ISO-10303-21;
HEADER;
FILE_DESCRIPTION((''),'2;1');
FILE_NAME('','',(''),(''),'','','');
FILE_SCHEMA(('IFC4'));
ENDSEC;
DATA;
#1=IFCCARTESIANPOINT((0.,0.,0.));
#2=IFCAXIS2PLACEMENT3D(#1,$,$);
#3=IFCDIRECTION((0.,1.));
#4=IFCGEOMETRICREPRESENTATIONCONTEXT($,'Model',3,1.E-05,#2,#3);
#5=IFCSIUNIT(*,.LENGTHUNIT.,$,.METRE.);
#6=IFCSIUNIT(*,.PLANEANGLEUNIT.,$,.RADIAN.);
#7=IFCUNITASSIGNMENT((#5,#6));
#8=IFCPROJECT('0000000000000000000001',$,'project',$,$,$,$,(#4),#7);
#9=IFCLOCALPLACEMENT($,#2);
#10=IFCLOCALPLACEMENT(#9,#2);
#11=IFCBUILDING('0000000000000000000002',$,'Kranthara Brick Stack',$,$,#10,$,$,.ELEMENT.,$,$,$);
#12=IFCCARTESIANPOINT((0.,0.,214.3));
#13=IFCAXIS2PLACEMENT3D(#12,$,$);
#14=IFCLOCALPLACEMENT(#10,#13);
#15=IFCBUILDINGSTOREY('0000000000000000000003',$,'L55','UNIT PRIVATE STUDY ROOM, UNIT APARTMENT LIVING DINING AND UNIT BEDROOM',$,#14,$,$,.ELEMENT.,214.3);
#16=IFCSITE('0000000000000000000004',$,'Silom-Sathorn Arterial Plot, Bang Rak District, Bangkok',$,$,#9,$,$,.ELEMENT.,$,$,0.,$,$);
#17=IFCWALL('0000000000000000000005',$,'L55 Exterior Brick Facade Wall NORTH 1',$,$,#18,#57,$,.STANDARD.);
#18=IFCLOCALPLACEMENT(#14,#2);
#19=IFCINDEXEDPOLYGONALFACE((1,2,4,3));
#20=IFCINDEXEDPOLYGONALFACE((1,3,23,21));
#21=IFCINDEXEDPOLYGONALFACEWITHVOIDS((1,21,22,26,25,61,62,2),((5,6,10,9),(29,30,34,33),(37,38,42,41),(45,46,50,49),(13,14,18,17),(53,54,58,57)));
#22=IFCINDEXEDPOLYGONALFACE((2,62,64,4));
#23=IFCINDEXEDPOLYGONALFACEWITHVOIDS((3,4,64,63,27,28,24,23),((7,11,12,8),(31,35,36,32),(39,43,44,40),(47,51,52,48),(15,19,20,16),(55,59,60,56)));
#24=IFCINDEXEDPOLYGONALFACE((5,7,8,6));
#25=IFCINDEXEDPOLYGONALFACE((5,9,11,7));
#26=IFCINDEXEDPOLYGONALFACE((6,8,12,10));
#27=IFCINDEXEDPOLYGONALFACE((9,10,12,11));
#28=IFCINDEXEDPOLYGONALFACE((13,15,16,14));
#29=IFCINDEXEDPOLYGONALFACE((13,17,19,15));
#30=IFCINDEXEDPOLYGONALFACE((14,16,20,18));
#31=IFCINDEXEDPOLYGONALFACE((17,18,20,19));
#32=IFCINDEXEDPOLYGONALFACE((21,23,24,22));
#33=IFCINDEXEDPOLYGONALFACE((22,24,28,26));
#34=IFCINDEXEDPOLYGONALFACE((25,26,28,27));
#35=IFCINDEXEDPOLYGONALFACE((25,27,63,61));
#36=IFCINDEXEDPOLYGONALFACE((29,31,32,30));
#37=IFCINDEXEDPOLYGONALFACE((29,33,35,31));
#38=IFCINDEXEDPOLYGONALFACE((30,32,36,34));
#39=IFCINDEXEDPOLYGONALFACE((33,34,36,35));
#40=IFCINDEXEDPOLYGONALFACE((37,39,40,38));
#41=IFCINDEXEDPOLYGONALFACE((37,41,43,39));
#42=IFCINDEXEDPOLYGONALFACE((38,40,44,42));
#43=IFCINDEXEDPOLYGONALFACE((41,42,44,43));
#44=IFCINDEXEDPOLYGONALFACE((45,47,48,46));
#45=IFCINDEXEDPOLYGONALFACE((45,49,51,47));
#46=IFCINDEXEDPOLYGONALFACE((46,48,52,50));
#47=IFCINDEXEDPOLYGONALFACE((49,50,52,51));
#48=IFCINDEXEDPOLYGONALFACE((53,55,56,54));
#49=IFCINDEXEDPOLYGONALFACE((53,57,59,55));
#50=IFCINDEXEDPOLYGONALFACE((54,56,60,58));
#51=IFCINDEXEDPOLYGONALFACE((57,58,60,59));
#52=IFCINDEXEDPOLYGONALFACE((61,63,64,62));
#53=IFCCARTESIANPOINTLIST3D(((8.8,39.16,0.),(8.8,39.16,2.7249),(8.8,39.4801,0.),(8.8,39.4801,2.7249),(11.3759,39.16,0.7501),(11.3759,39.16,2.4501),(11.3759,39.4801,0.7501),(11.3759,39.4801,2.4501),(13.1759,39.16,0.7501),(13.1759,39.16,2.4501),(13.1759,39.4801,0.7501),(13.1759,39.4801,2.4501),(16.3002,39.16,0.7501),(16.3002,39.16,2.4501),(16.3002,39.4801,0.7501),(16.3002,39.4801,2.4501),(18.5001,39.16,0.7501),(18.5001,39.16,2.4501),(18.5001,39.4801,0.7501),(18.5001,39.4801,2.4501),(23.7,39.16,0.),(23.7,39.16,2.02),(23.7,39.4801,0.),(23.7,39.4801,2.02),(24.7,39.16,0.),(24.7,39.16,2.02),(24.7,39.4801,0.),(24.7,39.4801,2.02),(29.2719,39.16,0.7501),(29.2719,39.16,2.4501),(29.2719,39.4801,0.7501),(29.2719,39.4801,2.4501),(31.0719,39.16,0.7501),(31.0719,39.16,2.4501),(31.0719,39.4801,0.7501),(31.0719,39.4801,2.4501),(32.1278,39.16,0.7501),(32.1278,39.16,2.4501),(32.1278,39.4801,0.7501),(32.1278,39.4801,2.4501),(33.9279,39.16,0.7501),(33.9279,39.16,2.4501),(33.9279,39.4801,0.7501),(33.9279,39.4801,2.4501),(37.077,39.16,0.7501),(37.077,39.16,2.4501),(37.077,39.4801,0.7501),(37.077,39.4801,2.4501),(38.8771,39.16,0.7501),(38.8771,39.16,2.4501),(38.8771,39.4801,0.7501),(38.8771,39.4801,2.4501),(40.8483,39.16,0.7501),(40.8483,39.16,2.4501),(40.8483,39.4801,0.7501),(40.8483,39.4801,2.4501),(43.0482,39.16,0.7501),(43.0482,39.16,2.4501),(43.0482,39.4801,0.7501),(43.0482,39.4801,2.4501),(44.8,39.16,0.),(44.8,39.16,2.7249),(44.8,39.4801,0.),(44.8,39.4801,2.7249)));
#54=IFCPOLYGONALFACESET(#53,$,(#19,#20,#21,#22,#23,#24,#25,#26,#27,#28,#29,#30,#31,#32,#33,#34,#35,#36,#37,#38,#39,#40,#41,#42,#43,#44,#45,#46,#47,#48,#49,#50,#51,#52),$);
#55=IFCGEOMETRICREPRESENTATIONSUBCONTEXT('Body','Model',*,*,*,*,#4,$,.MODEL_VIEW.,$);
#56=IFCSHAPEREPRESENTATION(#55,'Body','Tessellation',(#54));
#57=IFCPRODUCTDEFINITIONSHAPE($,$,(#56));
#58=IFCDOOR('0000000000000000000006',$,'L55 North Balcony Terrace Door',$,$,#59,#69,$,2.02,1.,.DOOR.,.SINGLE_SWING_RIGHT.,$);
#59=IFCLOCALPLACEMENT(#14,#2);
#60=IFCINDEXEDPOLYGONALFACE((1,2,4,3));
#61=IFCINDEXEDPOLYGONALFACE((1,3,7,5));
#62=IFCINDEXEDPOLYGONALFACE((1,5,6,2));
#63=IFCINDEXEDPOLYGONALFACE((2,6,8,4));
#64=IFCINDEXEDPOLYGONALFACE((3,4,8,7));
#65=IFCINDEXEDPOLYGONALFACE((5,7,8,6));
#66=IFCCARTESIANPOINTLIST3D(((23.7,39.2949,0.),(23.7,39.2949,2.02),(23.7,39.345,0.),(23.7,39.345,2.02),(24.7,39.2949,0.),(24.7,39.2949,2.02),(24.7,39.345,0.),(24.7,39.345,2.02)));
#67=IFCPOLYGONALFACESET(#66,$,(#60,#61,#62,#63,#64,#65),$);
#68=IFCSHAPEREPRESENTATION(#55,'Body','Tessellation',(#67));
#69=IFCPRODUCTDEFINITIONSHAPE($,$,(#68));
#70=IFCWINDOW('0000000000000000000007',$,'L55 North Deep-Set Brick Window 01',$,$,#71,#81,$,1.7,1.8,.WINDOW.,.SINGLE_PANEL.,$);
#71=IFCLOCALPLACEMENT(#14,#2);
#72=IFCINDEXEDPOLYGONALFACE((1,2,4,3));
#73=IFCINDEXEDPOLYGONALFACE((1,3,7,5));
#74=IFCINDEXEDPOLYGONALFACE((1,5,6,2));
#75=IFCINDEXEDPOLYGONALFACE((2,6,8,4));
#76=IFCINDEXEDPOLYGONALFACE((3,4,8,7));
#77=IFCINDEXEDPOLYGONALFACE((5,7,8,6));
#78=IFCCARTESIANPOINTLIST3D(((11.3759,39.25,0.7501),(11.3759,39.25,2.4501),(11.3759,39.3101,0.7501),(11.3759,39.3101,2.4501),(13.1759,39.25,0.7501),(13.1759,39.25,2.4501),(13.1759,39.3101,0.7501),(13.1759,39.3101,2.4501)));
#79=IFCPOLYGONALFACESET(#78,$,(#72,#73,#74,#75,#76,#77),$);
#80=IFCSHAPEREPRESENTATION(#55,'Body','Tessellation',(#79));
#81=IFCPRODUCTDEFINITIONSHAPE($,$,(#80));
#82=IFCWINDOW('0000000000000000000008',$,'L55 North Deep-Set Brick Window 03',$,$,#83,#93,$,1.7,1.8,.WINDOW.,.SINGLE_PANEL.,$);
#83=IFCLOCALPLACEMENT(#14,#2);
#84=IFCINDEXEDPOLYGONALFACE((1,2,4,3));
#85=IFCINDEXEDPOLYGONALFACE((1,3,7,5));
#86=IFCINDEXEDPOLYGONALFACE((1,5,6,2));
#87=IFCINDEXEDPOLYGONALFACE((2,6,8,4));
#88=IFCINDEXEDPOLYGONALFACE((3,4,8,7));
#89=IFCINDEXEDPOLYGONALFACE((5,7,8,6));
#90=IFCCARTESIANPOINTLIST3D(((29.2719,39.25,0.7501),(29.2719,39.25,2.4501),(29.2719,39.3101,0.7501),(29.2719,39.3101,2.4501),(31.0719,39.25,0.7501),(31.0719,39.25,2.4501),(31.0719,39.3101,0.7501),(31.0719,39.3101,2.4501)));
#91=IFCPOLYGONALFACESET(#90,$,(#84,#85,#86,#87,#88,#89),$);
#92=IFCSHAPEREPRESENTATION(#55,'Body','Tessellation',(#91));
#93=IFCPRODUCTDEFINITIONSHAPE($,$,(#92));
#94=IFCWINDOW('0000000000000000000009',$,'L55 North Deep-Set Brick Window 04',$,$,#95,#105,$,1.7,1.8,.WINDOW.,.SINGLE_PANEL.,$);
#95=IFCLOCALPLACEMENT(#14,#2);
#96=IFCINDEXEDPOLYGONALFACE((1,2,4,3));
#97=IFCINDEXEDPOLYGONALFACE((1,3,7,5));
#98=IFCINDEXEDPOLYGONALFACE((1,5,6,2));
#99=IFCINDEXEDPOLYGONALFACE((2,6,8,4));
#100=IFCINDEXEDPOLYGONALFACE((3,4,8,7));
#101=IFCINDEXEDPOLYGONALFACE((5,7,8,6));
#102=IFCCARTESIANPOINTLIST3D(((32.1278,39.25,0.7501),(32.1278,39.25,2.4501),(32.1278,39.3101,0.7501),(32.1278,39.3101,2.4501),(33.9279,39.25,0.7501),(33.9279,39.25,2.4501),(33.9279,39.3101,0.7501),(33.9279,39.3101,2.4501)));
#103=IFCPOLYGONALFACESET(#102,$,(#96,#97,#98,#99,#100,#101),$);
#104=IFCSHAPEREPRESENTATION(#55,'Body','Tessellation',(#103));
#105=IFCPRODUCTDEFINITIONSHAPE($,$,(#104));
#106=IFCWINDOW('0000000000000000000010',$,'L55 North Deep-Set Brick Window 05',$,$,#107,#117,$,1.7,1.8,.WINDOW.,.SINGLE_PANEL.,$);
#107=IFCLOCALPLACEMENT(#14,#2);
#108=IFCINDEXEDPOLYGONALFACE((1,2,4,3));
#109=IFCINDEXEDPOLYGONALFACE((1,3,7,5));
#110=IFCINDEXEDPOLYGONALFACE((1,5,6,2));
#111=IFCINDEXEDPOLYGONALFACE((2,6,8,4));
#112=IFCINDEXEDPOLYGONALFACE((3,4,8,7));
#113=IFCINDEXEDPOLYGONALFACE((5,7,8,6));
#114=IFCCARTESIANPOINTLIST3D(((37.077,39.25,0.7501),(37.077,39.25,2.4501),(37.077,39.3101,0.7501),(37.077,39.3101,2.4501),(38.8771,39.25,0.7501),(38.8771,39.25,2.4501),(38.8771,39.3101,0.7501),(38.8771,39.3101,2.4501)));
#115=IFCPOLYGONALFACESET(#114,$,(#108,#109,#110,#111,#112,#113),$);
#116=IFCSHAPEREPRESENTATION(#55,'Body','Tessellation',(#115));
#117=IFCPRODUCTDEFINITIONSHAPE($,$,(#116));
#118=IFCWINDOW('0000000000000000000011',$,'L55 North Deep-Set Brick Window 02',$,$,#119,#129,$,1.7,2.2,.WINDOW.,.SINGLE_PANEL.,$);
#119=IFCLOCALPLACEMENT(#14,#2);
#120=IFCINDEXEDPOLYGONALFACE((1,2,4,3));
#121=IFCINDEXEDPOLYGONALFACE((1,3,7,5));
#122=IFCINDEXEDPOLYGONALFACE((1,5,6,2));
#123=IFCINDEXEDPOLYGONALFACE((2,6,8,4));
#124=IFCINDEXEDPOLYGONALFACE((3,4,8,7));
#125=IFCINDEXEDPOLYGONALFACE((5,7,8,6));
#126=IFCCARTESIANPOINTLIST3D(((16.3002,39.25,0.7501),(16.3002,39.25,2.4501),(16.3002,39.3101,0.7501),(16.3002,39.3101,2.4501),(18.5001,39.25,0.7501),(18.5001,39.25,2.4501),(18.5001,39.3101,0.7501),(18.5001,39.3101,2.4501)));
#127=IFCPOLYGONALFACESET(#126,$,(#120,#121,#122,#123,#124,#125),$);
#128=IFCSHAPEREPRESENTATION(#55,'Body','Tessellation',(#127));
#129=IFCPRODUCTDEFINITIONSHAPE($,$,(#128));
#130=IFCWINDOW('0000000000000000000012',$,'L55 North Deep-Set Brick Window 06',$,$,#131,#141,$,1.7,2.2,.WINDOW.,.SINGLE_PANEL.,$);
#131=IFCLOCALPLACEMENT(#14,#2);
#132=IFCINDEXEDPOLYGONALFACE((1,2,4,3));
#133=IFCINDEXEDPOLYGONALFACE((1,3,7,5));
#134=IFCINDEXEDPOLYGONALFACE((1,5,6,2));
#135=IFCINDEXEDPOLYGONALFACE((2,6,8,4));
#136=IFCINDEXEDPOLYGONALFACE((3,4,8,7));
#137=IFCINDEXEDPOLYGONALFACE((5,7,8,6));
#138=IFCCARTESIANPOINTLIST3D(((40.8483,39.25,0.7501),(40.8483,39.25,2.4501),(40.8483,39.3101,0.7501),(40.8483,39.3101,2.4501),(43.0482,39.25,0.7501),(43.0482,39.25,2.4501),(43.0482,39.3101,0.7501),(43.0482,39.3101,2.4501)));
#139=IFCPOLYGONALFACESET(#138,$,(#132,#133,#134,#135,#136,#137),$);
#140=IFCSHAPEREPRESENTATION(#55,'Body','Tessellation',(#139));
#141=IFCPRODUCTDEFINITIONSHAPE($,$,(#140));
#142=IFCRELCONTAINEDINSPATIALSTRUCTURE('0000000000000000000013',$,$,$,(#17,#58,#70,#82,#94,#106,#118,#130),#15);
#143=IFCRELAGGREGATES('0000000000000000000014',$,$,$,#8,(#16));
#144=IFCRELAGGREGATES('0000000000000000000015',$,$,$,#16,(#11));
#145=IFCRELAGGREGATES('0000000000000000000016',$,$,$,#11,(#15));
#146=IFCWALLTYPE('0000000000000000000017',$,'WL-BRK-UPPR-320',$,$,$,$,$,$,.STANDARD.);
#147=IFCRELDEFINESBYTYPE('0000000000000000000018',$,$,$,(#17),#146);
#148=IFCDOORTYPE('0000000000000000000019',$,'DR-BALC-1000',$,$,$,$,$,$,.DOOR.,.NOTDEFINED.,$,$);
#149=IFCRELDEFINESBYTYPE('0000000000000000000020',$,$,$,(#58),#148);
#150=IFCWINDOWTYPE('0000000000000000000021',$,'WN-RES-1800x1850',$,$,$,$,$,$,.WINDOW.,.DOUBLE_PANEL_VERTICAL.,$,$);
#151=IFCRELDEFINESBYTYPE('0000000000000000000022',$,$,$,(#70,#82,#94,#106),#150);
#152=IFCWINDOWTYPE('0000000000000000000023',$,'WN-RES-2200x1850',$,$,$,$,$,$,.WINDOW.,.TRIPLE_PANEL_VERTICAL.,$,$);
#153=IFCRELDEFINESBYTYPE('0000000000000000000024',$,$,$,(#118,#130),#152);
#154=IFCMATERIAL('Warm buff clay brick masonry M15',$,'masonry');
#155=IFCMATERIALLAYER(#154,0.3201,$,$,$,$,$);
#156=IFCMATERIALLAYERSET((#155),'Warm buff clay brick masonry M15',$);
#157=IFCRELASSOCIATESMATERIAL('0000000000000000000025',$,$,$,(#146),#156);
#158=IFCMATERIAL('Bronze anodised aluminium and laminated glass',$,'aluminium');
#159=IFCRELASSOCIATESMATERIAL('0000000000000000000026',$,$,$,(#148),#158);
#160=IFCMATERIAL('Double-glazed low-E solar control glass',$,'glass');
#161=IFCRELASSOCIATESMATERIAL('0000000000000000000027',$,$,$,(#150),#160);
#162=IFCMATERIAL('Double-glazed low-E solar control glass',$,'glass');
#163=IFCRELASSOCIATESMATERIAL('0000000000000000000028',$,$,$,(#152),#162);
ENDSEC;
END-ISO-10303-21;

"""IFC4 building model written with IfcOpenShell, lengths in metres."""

from ifc_helpers import new_model, si_unit, direction, frame, frame_2d, origin, place, context, subcontext, project, spatial, rectangle, extrude, material, layer, layer_set, type_object, element, fill, save


model = new_model("IFC4")

# Units and contexts
model_context = context("Model", 3, precision=1e-05, world=origin(), true_north=direction((0.0, 1.0)))
body_context = subcontext(model_context, "Body", "Model", "MODEL_VIEW")
ifc_project = project(units=[si_unit("LENGTHUNIT", "METRE"), si_unit("PLANEANGLEUNIT", "RADIAN")], contexts=[model_context])

# Site, building, storey
site_placement = place(None, origin())
site = spatial("IfcSite", under=ifc_project, at=site_placement, Name="Silom-Sathorn Arterial Plot, Bang Rak District, Bangkok", CompositionType="ELEMENT", RefElevation=0.0)
building_placement = place(site_placement, origin())
building = spatial("IfcBuilding", under=site, at=building_placement, Name="Kranthara Brick Stack", CompositionType="ELEMENT")
storey_placement = place(building_placement, frame((0.0, 0.0, 214.3)))
storey = spatial("IfcBuildingStorey", under=building, at=storey_placement, Name="L55", Description="UNIT PRIVATE STUDY ROOM, UNIT APARTMENT LIVING DINING AND UNIT BEDROOM", CompositionType="ELEMENT", Elevation=214.3)

# Shared definitions
ifc_material_1 = material(Name="Warm buff clay brick masonry M15", Category="masonry")
ifc_layer_1 = layer(ifc_material_1, 0.3201)
ifc_layer_set_1 = layer_set([ifc_layer_1], Name="Warm buff clay brick masonry M15")
wall_type_1 = type_object("IfcWallType", Name="WL-BRK-UPPR-320", PredefinedType="STANDARD", material=ifc_layer_set_1)

# Wall, openings, door, windows
wall_1_placement = place(storey_placement, frame((8.8, 39.3201, 0.0), z_axis=(0.0, 0.0, 1.0), x_axis=(1.0, 0.0, 0.0)))
wall_1 = element("IfcWall", 1, at=wall_1_placement, inside=storey, type_object=wall_type_1, Name="L55 Exterior Brick Facade Wall NORTH 1", PredefinedType="STANDARD", context=body_context, shape_type="SweptSolid", body=[
    extrude(rectangle(XDim=36.0, YDim=0.3201, at=frame_2d((18.0, 0.0))), origin(), (0.0, 0.0, 1.0), 2.7249),
])
opening_1_placement = place(wall_1_placement, frame((14.8999, 0.0, 0.0)))
opening_1 = element("IfcOpeningElement", 2, at=opening_1_placement, cuts=wall_1, PredefinedType="OPENING", context=body_context, shape_type="SweptSolid", body=[
    extrude(rectangle(XDim=1.0, YDim=2.02, at=frame_2d((0.5, 1.01))), frame((0.0, 0.1699, 0.0), z_axis=(0.0, -1.0, 0.0), x_axis=(1.0, 0.0, 0.0)), (0.0, 0.0, 1.0), 0.3401),
])
opening_2_placement = place(wall_1_placement, frame((2.5759, 0.0, 0.75)))
opening_2 = element("IfcOpeningElement", 3, at=opening_2_placement, cuts=wall_1, PredefinedType="OPENING", context=body_context, shape_type="SweptSolid", body=[
    extrude(rectangle(XDim=1.8, YDim=1.7, at=frame_2d((0.8999, 0.8501))), frame((0.0, 0.1699, 0.0), z_axis=(0.0, -1.0, 0.0), x_axis=(1.0, 0.0, 0.0)), (0.0, 0.0, 1.0), 0.3401),
])
opening_3_placement = place(wall_1_placement, frame((7.5, 0.0, 0.75)))
opening_3 = element("IfcOpeningElement", 4, at=opening_3_placement, cuts=wall_1, PredefinedType="OPENING", context=body_context, shape_type="SweptSolid", body=[
    extrude(rectangle(XDim=2.2, YDim=1.7, at=frame_2d((1.1001, 0.8501))), frame((0.0, 0.1699, 0.0), z_axis=(0.0, -1.0, 0.0), x_axis=(1.0, 0.0, 0.0)), (0.0, 0.0, 1.0), 0.3401),
])
opening_4_placement = place(wall_1_placement, frame((20.4719, 0.0, 0.75)))
opening_4 = element("IfcOpeningElement", 5, at=opening_4_placement, cuts=wall_1, PredefinedType="OPENING", context=body_context, shape_type="SweptSolid", body=[
    extrude(rectangle(XDim=1.8, YDim=1.7, at=frame_2d((0.8999, 0.8501))), frame((0.0, 0.1699, 0.0), z_axis=(0.0, -1.0, 0.0), x_axis=(1.0, 0.0, 0.0)), (0.0, 0.0, 1.0), 0.3401),
])
opening_5_placement = place(wall_1_placement, frame((23.3279, 0.0, 0.75)))
opening_5 = element("IfcOpeningElement", 6, at=opening_5_placement, cuts=wall_1, PredefinedType="OPENING", context=body_context, shape_type="SweptSolid", body=[
    extrude(rectangle(XDim=1.8, YDim=1.7, at=frame_2d((0.8999, 0.8501))), frame((0.0, 0.1699, 0.0), z_axis=(0.0, -1.0, 0.0), x_axis=(1.0, 0.0, 0.0)), (0.0, 0.0, 1.0), 0.3401),
])
opening_6_placement = place(wall_1_placement, frame((28.2771, 0.0, 0.75)))
opening_6 = element("IfcOpeningElement", 7, at=opening_6_placement, cuts=wall_1, PredefinedType="OPENING", context=body_context, shape_type="SweptSolid", body=[
    extrude(rectangle(XDim=1.8, YDim=1.7, at=frame_2d((0.8999, 0.8501))), frame((0.0, 0.1699, 0.0), z_axis=(0.0, -1.0, 0.0), x_axis=(1.0, 0.0, 0.0)), (0.0, 0.0, 1.0), 0.3401),
])
opening_7_placement = place(wall_1_placement, frame((32.0481, 0.0, 0.75)))
opening_7 = element("IfcOpeningElement", 8, at=opening_7_placement, cuts=wall_1, PredefinedType="OPENING", context=body_context, shape_type="SweptSolid", body=[
    extrude(rectangle(XDim=2.2, YDim=1.7, at=frame_2d((1.1001, 0.8501))), frame((0.0, 0.1699, 0.0), z_axis=(0.0, -1.0, 0.0), x_axis=(1.0, 0.0, 0.0)), (0.0, 0.0, 1.0), 0.3401),
])
ifc_material_2 = material(Name="Bronze anodised aluminium and laminated glass", Category="aluminium")
door_type_1 = type_object("IfcDoorType", Name="DR-BALC-1000", OperationType="NOTDEFINED", PredefinedType="DOOR", material=ifc_material_2)
door_1_placement = place(opening_1_placement, origin())
door_1 = element("IfcDoor", 9, at=door_1_placement, inside=storey, type_object=door_type_1, Name="L55 North Balcony Terrace Door", OperationType="SINGLE_SWING_RIGHT", OverallHeight=2.02, OverallWidth=1.0, PredefinedType="DOOR", context=body_context, shape_type="SweptSolid", body=[
    extrude(rectangle(XDim=1.0, YDim=2.02, at=frame_2d((0.5, 1.01))), frame((0.0, 0.0249, 0.0), z_axis=(0.0, -1.0, 0.0), x_axis=(1.0, 0.0, 0.0)), (0.0, 0.0, 1.0), 0.05),
])
fill(opening_1, door_1)
ifc_material_3 = material(Name="Double-glazed low-E solar control glass", Category="glass")
window_type_1 = type_object("IfcWindowType", Name="WN-RES-1800x1850", PartitioningType="DOUBLE_PANEL_VERTICAL", PredefinedType="WINDOW", material=ifc_material_3)
window_1_placement = place(opening_2_placement, origin())
window_1 = element("IfcWindow", 10, at=window_1_placement, inside=storey, type_object=window_type_1, Name="L55 North Deep-Set Brick Window 01", OverallHeight=1.7, OverallWidth=1.8, PartitioningType="SINGLE_PANEL", PredefinedType="WINDOW", context=body_context, shape_type="SweptSolid", body=[
    extrude(rectangle(XDim=1.8, YDim=1.7, at=frame_2d((0.8999, 0.8501))), frame((0.0, -0.01, 0.0), z_axis=(0.0, -1.0, 0.0), x_axis=(1.0, 0.0, 0.0)), (0.0, 0.0, 1.0), 0.0601),
])
fill(opening_2, window_1)
window_2_placement = place(opening_4_placement, origin())
window_2 = element("IfcWindow", 11, at=window_2_placement, inside=storey, type_object=window_type_1, Name="L55 North Deep-Set Brick Window 03", OverallHeight=1.7, OverallWidth=1.8, PartitioningType="SINGLE_PANEL", PredefinedType="WINDOW", context=body_context, shape_type="SweptSolid", body=[
    extrude(rectangle(XDim=1.8, YDim=1.7, at=frame_2d((0.8999, 0.8501))), frame((0.0, -0.01, 0.0), z_axis=(0.0, -1.0, 0.0), x_axis=(1.0, 0.0, 0.0)), (0.0, 0.0, 1.0), 0.0601),
])
fill(opening_4, window_2)
window_3_placement = place(opening_5_placement, origin())
window_3 = element("IfcWindow", 12, at=window_3_placement, inside=storey, type_object=window_type_1, Name="L55 North Deep-Set Brick Window 04", OverallHeight=1.7, OverallWidth=1.8, PartitioningType="SINGLE_PANEL", PredefinedType="WINDOW", context=body_context, shape_type="SweptSolid", body=[
    extrude(rectangle(XDim=1.8, YDim=1.7, at=frame_2d((0.8999, 0.8501))), frame((0.0, -0.01, 0.0), z_axis=(0.0, -1.0, 0.0), x_axis=(1.0, 0.0, 0.0)), (0.0, 0.0, 1.0), 0.0601),
])
fill(opening_5, window_3)
window_4_placement = place(opening_6_placement, origin())
window_4 = element("IfcWindow", 13, at=window_4_placement, inside=storey, type_object=window_type_1, Name="L55 North Deep-Set Brick Window 05", OverallHeight=1.7, OverallWidth=1.8, PartitioningType="SINGLE_PANEL", PredefinedType="WINDOW", context=body_context, shape_type="SweptSolid", body=[
    extrude(rectangle(XDim=1.8, YDim=1.7, at=frame_2d((0.8999, 0.8501))), frame((0.0, -0.01, 0.0), z_axis=(0.0, -1.0, 0.0), x_axis=(1.0, 0.0, 0.0)), (0.0, 0.0, 1.0), 0.0601),
])
fill(opening_6, window_4)
ifc_material_4 = material(Name="Double-glazed low-E solar control glass", Category="glass")
window_type_2 = type_object("IfcWindowType", Name="WN-RES-2200x1850", PartitioningType="TRIPLE_PANEL_VERTICAL", PredefinedType="WINDOW", material=ifc_material_4)
window_5_placement = place(opening_3_placement, origin())
window_5 = element("IfcWindow", 14, at=window_5_placement, inside=storey, type_object=window_type_2, Name="L55 North Deep-Set Brick Window 02", OverallHeight=1.7, OverallWidth=2.2, PartitioningType="SINGLE_PANEL", PredefinedType="WINDOW", context=body_context, shape_type="SweptSolid", body=[
    extrude(rectangle(XDim=2.2, YDim=1.7, at=frame_2d((1.1001, 0.8501))), frame((0.0, -0.01, 0.0), z_axis=(0.0, -1.0, 0.0), x_axis=(1.0, 0.0, 0.0)), (0.0, 0.0, 1.0), 0.0601),
])
fill(opening_3, window_5)
window_6_placement = place(opening_7_placement, origin())
window_6 = element("IfcWindow", 15, at=window_6_placement, inside=storey, type_object=window_type_2, Name="L55 North Deep-Set Brick Window 06", OverallHeight=1.7, OverallWidth=2.2, PartitioningType="SINGLE_PANEL", PredefinedType="WINDOW", context=body_context, shape_type="SweptSolid", body=[
    extrude(rectangle(XDim=2.2, YDim=1.7, at=frame_2d((1.1001, 0.8501))), frame((0.0, -0.01, 0.0), z_axis=(0.0, -1.0, 0.0), x_axis=(1.0, 0.0, 0.0)), (0.0, 0.0, 1.0), 0.0601),
])
fill(opening_7, window_6)

save(model, "model.ifc")
